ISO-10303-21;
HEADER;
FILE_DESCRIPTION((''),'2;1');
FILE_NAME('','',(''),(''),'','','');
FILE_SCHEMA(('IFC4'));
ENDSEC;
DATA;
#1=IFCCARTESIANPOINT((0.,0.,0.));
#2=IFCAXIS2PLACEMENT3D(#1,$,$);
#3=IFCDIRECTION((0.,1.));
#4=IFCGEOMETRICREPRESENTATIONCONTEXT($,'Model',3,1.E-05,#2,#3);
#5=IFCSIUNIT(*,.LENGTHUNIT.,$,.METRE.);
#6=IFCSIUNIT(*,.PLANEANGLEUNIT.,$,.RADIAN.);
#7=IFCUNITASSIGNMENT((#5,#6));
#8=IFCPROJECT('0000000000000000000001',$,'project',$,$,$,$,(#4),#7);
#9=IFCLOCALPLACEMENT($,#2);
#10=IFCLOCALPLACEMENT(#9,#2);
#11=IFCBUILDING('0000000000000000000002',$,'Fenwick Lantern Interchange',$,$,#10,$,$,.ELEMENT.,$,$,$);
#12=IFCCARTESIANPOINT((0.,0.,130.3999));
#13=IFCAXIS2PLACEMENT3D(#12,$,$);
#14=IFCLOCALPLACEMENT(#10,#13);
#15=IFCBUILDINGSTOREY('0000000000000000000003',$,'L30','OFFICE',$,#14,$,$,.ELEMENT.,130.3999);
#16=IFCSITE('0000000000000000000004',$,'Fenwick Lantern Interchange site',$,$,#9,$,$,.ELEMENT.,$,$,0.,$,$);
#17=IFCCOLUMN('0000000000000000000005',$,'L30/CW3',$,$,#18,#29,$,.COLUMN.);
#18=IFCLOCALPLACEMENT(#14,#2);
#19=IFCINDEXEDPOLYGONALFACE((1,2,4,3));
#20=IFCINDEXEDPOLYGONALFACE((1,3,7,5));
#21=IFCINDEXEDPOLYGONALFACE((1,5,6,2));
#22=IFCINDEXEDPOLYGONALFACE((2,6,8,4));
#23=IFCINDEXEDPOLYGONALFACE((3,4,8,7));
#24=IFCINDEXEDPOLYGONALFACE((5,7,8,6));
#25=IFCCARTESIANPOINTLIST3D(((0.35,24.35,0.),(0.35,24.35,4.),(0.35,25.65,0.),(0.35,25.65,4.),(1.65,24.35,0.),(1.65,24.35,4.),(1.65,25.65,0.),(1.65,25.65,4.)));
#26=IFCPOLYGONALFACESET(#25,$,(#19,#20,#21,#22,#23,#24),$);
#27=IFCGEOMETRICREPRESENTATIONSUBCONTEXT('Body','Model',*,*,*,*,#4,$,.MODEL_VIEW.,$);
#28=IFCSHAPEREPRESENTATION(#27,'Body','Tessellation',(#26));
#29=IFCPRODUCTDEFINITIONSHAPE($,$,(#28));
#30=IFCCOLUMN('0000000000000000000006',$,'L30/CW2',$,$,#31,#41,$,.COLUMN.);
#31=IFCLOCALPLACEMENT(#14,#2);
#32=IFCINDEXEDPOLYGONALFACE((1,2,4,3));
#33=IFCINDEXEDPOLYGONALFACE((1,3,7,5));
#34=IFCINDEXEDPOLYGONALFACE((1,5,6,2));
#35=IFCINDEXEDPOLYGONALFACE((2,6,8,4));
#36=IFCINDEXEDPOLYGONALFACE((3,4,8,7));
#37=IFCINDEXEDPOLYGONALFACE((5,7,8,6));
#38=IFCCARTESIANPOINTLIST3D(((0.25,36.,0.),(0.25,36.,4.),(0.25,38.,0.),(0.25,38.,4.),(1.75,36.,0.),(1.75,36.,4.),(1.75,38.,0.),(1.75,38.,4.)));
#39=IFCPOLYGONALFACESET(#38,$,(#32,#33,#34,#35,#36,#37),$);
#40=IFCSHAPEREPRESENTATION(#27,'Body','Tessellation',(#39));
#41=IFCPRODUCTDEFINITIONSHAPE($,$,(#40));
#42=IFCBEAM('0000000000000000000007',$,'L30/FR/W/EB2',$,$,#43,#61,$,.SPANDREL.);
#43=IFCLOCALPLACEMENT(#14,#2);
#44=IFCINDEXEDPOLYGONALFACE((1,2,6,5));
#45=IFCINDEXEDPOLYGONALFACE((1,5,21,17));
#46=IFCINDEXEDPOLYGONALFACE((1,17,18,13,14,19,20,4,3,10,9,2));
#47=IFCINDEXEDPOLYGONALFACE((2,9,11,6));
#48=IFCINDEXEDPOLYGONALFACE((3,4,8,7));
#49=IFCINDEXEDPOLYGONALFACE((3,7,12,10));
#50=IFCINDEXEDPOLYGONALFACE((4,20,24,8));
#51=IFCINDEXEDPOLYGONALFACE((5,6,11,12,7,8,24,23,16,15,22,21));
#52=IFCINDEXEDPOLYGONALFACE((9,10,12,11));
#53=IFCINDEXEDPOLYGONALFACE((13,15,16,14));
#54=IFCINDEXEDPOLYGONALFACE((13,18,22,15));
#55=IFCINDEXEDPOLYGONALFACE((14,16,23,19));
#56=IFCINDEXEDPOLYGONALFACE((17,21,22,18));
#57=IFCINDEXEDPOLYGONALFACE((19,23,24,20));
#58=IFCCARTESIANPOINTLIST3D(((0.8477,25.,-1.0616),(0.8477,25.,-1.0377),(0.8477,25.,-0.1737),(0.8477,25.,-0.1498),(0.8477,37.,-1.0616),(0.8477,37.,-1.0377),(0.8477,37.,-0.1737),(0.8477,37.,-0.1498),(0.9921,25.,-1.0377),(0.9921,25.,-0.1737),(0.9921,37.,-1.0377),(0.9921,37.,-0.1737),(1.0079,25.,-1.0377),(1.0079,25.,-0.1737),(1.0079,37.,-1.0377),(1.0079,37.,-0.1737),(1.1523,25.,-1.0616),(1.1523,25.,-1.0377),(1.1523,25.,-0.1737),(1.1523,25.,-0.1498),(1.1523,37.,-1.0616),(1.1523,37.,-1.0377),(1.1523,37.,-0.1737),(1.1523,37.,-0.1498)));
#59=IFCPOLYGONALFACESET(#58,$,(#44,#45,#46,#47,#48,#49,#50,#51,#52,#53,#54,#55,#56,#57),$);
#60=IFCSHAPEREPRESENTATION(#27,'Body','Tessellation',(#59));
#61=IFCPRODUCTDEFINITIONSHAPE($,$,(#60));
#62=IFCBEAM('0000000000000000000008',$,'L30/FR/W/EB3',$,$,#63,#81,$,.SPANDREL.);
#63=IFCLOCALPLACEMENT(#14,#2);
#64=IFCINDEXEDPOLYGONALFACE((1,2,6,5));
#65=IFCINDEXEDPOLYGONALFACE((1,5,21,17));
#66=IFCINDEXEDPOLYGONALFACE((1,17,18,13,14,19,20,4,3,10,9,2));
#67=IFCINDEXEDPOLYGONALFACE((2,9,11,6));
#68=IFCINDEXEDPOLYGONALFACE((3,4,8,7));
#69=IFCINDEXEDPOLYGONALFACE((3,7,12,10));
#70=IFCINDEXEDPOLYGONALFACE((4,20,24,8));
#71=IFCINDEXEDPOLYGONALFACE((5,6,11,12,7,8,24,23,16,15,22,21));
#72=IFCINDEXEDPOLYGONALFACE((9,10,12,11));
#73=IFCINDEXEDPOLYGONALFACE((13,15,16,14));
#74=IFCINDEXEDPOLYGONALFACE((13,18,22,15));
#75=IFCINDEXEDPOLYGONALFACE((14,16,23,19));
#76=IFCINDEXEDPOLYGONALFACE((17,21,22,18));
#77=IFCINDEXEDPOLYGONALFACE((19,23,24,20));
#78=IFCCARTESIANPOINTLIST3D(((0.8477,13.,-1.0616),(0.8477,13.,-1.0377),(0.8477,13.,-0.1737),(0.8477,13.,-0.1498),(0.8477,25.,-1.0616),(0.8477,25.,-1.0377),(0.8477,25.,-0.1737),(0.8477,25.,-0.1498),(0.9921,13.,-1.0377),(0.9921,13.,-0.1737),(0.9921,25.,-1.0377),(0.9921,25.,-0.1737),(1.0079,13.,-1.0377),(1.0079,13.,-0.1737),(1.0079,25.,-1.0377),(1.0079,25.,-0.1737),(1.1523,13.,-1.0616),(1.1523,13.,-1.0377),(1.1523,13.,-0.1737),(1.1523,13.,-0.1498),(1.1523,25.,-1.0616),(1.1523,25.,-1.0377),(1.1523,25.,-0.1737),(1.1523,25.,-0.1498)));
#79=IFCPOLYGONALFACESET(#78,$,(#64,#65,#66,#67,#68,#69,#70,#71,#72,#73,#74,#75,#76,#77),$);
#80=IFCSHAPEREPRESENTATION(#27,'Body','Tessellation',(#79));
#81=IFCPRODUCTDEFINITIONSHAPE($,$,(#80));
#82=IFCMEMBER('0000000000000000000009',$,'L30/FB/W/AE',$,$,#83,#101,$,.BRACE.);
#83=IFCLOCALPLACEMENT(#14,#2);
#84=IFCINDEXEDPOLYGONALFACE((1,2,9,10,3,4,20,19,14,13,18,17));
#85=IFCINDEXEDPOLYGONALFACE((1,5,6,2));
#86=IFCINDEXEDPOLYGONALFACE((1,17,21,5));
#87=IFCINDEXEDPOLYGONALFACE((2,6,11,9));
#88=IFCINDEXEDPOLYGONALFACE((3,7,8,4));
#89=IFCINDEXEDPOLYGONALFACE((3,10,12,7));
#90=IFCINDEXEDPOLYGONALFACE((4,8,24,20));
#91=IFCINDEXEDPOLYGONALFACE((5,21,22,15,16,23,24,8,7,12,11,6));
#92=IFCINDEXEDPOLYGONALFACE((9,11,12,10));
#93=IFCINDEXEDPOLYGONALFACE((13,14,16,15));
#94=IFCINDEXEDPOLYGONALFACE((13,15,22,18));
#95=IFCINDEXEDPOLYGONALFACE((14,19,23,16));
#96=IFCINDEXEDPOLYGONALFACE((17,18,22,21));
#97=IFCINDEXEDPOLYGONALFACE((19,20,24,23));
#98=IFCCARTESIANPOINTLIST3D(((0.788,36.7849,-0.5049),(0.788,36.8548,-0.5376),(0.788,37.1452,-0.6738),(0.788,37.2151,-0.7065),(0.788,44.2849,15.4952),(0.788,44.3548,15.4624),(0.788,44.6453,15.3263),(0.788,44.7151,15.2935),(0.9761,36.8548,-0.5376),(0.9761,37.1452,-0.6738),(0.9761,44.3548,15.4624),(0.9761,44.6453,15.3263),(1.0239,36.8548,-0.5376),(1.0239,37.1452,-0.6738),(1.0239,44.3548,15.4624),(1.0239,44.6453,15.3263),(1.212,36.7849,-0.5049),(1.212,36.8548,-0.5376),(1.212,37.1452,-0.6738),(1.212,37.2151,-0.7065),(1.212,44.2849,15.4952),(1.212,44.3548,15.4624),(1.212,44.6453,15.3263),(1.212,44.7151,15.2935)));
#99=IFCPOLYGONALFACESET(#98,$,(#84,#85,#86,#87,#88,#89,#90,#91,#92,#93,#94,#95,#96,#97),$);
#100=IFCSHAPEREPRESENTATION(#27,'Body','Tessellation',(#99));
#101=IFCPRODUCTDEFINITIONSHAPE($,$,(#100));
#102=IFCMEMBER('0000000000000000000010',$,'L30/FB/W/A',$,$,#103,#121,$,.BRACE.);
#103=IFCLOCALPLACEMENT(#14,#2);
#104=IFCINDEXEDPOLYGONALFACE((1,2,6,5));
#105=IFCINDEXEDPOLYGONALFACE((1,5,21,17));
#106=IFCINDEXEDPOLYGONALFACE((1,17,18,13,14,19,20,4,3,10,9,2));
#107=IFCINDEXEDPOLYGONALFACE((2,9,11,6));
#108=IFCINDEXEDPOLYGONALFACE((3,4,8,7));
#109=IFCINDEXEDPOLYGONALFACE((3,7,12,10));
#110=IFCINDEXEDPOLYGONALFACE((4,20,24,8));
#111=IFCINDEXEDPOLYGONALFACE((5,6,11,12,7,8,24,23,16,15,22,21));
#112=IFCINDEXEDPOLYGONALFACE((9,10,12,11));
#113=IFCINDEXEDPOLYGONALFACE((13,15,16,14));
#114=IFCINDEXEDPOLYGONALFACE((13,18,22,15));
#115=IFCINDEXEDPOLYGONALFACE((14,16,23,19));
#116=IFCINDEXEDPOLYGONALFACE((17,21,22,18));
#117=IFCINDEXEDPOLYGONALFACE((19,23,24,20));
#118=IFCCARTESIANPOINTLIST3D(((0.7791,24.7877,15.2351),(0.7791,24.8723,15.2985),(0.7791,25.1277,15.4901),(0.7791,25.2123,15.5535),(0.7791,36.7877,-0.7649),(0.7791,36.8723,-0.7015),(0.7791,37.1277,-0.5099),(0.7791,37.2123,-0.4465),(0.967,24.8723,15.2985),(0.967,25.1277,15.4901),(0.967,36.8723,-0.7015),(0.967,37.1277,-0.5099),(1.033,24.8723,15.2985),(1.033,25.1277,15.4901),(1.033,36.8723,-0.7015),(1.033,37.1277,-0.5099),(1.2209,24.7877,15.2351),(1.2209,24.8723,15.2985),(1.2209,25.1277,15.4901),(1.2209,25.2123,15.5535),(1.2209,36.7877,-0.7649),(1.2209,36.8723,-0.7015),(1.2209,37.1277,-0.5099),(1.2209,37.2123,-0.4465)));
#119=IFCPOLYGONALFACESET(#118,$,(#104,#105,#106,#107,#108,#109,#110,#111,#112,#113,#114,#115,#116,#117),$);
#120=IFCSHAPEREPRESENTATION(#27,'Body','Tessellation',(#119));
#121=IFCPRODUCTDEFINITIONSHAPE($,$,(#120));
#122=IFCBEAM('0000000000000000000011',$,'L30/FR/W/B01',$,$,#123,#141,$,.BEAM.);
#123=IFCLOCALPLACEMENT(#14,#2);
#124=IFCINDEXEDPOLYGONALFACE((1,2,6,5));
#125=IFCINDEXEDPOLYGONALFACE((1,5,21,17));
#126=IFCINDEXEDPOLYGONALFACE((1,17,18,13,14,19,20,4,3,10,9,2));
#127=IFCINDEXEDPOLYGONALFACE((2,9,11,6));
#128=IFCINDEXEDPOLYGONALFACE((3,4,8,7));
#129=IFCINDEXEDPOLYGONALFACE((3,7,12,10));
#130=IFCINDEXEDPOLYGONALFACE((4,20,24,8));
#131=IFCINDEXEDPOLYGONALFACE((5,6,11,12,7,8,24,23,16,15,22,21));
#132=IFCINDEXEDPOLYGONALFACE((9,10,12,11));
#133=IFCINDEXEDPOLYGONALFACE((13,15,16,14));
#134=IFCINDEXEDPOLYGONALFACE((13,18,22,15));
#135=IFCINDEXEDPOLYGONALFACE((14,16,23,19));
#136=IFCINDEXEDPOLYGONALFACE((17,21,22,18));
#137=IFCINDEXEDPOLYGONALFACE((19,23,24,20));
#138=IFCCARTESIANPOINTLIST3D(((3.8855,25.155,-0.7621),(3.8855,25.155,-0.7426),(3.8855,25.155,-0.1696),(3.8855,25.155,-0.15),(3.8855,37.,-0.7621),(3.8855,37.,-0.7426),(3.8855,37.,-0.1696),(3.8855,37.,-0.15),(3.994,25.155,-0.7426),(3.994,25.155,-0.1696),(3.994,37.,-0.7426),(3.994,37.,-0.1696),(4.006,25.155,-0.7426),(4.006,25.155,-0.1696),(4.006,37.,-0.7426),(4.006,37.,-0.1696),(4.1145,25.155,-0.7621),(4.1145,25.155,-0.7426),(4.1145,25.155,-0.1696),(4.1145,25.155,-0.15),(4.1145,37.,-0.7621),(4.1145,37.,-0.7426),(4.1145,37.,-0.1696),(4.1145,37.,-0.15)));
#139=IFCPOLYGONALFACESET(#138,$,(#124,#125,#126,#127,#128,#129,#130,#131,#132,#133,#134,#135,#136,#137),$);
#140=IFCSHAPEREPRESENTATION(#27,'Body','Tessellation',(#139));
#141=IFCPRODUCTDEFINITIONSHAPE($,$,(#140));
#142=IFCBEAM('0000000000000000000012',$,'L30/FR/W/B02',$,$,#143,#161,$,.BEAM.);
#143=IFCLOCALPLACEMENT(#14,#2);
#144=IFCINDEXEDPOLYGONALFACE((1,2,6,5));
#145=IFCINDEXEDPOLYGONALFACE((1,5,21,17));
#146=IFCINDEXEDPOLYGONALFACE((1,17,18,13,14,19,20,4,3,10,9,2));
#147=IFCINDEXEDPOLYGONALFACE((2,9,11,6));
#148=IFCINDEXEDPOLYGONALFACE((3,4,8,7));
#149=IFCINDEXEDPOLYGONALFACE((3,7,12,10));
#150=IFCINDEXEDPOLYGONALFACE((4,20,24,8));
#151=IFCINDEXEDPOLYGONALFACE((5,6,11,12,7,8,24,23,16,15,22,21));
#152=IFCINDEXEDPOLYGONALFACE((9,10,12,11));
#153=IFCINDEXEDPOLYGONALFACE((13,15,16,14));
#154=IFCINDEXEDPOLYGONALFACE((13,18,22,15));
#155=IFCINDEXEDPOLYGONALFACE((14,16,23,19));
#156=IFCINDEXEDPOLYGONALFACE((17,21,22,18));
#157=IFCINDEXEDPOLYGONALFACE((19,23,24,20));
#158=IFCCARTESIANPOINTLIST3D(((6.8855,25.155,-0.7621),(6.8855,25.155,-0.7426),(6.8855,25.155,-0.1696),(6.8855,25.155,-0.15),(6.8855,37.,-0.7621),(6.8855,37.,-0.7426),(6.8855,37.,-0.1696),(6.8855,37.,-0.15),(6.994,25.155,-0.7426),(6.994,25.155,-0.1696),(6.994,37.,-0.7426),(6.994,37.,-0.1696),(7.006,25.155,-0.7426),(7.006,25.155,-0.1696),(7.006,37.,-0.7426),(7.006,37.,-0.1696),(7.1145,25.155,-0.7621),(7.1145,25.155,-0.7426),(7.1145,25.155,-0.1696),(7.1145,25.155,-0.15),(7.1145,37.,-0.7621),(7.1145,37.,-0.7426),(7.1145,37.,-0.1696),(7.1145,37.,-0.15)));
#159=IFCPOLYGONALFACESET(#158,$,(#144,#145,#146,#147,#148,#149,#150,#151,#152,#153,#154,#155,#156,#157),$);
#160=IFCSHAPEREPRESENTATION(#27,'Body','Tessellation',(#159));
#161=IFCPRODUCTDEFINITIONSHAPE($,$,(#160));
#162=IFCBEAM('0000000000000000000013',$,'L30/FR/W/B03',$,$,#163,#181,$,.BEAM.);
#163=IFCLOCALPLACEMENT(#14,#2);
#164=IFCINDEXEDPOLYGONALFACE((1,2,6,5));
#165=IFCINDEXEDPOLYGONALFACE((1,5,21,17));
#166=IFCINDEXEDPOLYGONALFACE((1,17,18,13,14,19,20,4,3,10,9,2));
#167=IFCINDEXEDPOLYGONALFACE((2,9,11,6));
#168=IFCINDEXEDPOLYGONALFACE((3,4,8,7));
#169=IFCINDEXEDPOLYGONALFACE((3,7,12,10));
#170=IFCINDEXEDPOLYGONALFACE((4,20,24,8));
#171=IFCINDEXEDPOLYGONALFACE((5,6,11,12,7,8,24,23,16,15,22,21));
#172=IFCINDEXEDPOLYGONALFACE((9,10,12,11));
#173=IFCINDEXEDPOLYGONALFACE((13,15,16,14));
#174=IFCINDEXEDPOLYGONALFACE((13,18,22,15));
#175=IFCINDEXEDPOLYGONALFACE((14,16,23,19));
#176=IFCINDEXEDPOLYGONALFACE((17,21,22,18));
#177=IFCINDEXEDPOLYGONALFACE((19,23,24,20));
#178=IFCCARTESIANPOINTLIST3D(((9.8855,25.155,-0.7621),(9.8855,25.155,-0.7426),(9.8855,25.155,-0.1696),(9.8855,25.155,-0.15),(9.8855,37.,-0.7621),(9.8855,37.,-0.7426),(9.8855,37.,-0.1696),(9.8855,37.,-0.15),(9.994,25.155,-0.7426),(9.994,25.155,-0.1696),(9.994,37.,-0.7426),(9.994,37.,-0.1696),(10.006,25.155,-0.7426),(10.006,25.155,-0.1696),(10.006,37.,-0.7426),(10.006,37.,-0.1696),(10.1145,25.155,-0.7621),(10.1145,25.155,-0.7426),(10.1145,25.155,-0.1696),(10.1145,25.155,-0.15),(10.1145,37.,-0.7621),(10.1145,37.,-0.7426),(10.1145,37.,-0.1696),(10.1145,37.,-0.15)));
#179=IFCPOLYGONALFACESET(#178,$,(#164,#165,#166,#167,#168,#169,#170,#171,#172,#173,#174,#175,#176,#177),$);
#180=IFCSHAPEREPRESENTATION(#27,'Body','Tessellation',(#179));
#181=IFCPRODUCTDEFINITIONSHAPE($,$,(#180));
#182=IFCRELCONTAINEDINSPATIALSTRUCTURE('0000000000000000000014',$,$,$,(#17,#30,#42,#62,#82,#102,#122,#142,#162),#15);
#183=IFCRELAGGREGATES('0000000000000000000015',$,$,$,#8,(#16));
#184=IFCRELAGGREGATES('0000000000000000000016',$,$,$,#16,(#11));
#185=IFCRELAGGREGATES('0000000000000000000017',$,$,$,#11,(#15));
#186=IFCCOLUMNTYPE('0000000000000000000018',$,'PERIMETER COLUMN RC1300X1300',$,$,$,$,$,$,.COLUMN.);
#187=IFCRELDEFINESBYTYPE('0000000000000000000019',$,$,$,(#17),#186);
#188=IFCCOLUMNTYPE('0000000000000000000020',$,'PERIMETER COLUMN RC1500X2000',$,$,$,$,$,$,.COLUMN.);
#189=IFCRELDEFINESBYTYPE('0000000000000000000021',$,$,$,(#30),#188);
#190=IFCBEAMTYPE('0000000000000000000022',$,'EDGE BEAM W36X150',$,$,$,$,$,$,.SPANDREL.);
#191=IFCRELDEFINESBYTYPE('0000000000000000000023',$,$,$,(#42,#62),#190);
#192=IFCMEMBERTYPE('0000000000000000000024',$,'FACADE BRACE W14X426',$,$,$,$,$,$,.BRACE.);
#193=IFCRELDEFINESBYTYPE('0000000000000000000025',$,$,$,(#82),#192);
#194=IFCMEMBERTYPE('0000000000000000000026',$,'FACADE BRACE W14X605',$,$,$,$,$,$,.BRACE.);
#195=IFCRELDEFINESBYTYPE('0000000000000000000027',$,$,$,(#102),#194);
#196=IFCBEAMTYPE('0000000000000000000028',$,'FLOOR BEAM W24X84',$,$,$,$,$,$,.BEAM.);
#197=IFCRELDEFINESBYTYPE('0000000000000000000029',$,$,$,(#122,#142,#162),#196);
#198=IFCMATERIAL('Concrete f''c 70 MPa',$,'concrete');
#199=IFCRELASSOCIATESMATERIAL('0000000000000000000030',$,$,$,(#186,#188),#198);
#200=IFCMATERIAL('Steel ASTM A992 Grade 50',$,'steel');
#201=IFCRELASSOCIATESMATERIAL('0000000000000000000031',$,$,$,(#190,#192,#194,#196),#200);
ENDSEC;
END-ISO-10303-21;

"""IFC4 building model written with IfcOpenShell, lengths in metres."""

from ifc_helpers import new_model, si_unit, direction, frame, origin, origin_2d, place, context, subcontext, project, spatial, rectangle, i_section, extrude, material, material_profile, profile_set, type_object, element, save


model = new_model("IFC4")

# Units and contexts
model_context = context("Model", 3, precision=1e-05, world=origin(), true_north=direction((0.0, 1.0)))
body_context = subcontext(model_context, "Body", "Model", "MODEL_VIEW")
ifc_project = project(units=[si_unit("LENGTHUNIT", "METRE"), si_unit("PLANEANGLEUNIT", "RADIAN")], contexts=[model_context])

# Site, building, storey
site_placement = place(None, origin())
site = spatial("IfcSite", under=ifc_project, at=site_placement, Name="Fenwick Lantern Interchange site", CompositionType="ELEMENT", RefElevation=0.0)
building_placement = place(site_placement, origin())
building = spatial("IfcBuilding", under=site, at=building_placement, Name="Fenwick Lantern Interchange", CompositionType="ELEMENT")
storey_placement = place(building_placement, frame((0.0, 0.0, 130.3999)))
storey = spatial("IfcBuildingStorey", under=building, at=storey_placement, Name="L30", Description="OFFICE", CompositionType="ELEMENT", Elevation=130.3999)

# Columns
ifc_material_1 = material(Name="Concrete f'c 70 MPa", Category="concrete")
ifc_material_profile_1 = material_profile(ifc_material_1, rectangle(XDim=1.3, YDim=1.3, at=origin_2d()), Name="RC1300X1300")
ifc_profile_set_1 = profile_set([ifc_material_profile_1], Name="Concrete f'c 70 MPa")
column_type_1 = type_object("IfcColumnType", Name="PERIMETER COLUMN RC1300X1300", PredefinedType="COLUMN", material=ifc_profile_set_1)
column_1_placement = place(storey_placement, frame((1.0, 25.0, 0.0), z_axis=(0.0, 0.0, 1.0), x_axis=(1.0, 0.0, 0.0)))
element("IfcColumn", 1, at=column_1_placement, inside=storey, type_object=column_type_1, Name="L30/CW3", PredefinedType="COLUMN", context=body_context, shape_type="SweptSolid", body=[
    extrude(rectangle(XDim=1.3, YDim=1.3, at=origin_2d()), origin(), (0.0, 0.0, 1.0), 4.0),
])
ifc_material_profile_2 = material_profile(ifc_material_1, rectangle(XDim=1.5, YDim=2.0, at=origin_2d()), Name="RC1500X2000")
ifc_profile_set_2 = profile_set([ifc_material_profile_2], Name="Concrete f'c 70 MPa")
column_type_2 = type_object("IfcColumnType", Name="PERIMETER COLUMN RC1500X2000", PredefinedType="COLUMN", material=ifc_profile_set_2)
column_2_placement = place(storey_placement, frame((1.0, 37.0, 0.0), z_axis=(0.0, 0.0, 1.0), x_axis=(1.0, 0.0, 0.0)))
element("IfcColumn", 2, at=column_2_placement, inside=storey, type_object=column_type_2, Name="L30/CW2", PredefinedType="COLUMN", context=body_context, shape_type="SweptSolid", body=[
    extrude(rectangle(XDim=1.5, YDim=2.0, at=origin_2d()), origin(), (0.0, 0.0, 1.0), 4.0),
])

# Beams
ifc_material_2 = material(Name="Steel ASTM A992 Grade 50", Category="steel")
ifc_material_profile_3 = material_profile(ifc_material_2, i_section(OverallWidth=0.3047, OverallDepth=0.9119, WebThickness=0.0159, FlangeThickness=0.0239, at=origin_2d()), Name="W36X150")
ifc_profile_set_3 = profile_set([ifc_material_profile_3], Name="Steel ASTM A992 Grade 50")
beam_type_1 = type_object("IfcBeamType", Name="EDGE BEAM W36X150", PredefinedType="SPANDREL", material=ifc_profile_set_3)
for number, where, z_axis, x_axis, name in (
    (3, (1.0, 37.0, -0.6057), (0.0, -1.0, 0.0), (1.0, 0.0, 0.0), "L30/FR/W/EB2"),
    (4, (1.0, 25.0, -0.6057), (0.0, -1.0, 0.0), (1.0, 0.0, 0.0), "L30/FR/W/EB3"),
):
    element("IfcBeam", number, at=place(storey_placement, frame(where, z_axis=z_axis, x_axis=x_axis)), inside=storey, type_object=beam_type_1, Name=name, PredefinedType="SPANDREL", context=body_context, shape_type="SweptSolid", body=[
        extrude(i_section(OverallWidth=0.3047, OverallDepth=0.9119, WebThickness=0.0159, FlangeThickness=0.0239, at=origin_2d()), origin(), (0.0, 0.0, 1.0), 12.0),
    ])

# Members
ifc_material_profile_4 = material_profile(ifc_material_2, i_section(OverallWidth=0.4241, OverallDepth=0.4751, WebThickness=0.0479, FlangeThickness=0.0771, at=origin_2d()), Name="W14X426")
ifc_profile_set_4 = profile_set([ifc_material_profile_4], Name="Steel ASTM A992 Grade 50")
member_type_1 = type_object("IfcMemberType", Name="FACADE BRACE W14X426", PredefinedType="BRACE", material=ifc_profile_set_4)
member_1_placement = place(storey_placement, frame((1.0, 37.0, -0.6057), z_axis=(0.0, 0.424434, 0.905459), x_axis=(-1.0, 0.0, 0.0)))
element("IfcMember", 5, at=member_1_placement, inside=storey, type_object=member_type_1, Name="L30/FB/W/AE", PredefinedType="BRACE", context=body_context, shape_type="SweptSolid", body=[
    extrude(i_section(OverallWidth=0.4241, OverallDepth=0.4751, WebThickness=0.0479, FlangeThickness=0.0771, at=origin_2d()), origin(), (0.0, 0.0, 1.0), 17.6707),
])
ifc_material_profile_5 = material_profile(ifc_material_2, i_section(OverallWidth=0.4419, OverallDepth=0.5308, WebThickness=0.0659, FlangeThickness=0.1057, at=origin_2d()), Name="W14X605")
ifc_profile_set_5 = profile_set([ifc_material_profile_5], Name="Steel ASTM A992 Grade 50")
member_type_2 = type_object("IfcMemberType", Name="FACADE BRACE W14X605", PredefinedType="BRACE", material=ifc_profile_set_5)
member_2_placement = place(storey_placement, frame((1.0, 37.0, -0.6057), z_axis=(0.0, -0.6, 0.8), x_axis=(1.0, 0.0, 0.0)))
element("IfcMember", 6, at=member_2_placement, inside=storey, type_object=member_type_2, Name="L30/FB/W/A", PredefinedType="BRACE", context=body_context, shape_type="SweptSolid", body=[
    extrude(i_section(OverallWidth=0.4419, OverallDepth=0.5308, WebThickness=0.0659, FlangeThickness=0.1057, at=origin_2d()), origin(), (0.0, 0.0, 1.0), 20.0),
])

# Beams
ifc_material_profile_6 = material_profile(ifc_material_2, i_section(OverallWidth=0.229, OverallDepth=0.6121, WebThickness=0.012, FlangeThickness=0.0195, at=origin_2d()), Name="W24X84")
ifc_profile_set_6 = profile_set([ifc_material_profile_6], Name="Steel ASTM A992 Grade 50")
beam_type_2 = type_object("IfcBeamType", Name="FLOOR BEAM W24X84", PredefinedType="BEAM", material=ifc_profile_set_6)
for number, where, z_axis, x_axis, name in (
    (7, (4.0, 37.0, -0.4561), (0.0, -1.0, 0.0), (1.0, 0.0, 0.0), "L30/FR/W/B01"),
    (8, (7.0, 37.0, -0.4561), (0.0, -1.0, 0.0), (1.0, 0.0, 0.0), "L30/FR/W/B02"),
    (9, (10.0, 37.0, -0.4561), (0.0, -1.0, 0.0), (1.0, 0.0, 0.0), "L30/FR/W/B03"),
):
    element("IfcBeam", number, at=place(storey_placement, frame(where, z_axis=z_axis, x_axis=x_axis)), inside=storey, type_object=beam_type_2, Name=name, PredefinedType="BEAM", context=body_context, shape_type="SweptSolid", body=[
        extrude(i_section(OverallWidth=0.229, OverallDepth=0.6121, WebThickness=0.012, FlangeThickness=0.0195, at=origin_2d()), origin(), (0.0, 0.0, 1.0), 11.845),
    ])

save(model, "model.ifc")
